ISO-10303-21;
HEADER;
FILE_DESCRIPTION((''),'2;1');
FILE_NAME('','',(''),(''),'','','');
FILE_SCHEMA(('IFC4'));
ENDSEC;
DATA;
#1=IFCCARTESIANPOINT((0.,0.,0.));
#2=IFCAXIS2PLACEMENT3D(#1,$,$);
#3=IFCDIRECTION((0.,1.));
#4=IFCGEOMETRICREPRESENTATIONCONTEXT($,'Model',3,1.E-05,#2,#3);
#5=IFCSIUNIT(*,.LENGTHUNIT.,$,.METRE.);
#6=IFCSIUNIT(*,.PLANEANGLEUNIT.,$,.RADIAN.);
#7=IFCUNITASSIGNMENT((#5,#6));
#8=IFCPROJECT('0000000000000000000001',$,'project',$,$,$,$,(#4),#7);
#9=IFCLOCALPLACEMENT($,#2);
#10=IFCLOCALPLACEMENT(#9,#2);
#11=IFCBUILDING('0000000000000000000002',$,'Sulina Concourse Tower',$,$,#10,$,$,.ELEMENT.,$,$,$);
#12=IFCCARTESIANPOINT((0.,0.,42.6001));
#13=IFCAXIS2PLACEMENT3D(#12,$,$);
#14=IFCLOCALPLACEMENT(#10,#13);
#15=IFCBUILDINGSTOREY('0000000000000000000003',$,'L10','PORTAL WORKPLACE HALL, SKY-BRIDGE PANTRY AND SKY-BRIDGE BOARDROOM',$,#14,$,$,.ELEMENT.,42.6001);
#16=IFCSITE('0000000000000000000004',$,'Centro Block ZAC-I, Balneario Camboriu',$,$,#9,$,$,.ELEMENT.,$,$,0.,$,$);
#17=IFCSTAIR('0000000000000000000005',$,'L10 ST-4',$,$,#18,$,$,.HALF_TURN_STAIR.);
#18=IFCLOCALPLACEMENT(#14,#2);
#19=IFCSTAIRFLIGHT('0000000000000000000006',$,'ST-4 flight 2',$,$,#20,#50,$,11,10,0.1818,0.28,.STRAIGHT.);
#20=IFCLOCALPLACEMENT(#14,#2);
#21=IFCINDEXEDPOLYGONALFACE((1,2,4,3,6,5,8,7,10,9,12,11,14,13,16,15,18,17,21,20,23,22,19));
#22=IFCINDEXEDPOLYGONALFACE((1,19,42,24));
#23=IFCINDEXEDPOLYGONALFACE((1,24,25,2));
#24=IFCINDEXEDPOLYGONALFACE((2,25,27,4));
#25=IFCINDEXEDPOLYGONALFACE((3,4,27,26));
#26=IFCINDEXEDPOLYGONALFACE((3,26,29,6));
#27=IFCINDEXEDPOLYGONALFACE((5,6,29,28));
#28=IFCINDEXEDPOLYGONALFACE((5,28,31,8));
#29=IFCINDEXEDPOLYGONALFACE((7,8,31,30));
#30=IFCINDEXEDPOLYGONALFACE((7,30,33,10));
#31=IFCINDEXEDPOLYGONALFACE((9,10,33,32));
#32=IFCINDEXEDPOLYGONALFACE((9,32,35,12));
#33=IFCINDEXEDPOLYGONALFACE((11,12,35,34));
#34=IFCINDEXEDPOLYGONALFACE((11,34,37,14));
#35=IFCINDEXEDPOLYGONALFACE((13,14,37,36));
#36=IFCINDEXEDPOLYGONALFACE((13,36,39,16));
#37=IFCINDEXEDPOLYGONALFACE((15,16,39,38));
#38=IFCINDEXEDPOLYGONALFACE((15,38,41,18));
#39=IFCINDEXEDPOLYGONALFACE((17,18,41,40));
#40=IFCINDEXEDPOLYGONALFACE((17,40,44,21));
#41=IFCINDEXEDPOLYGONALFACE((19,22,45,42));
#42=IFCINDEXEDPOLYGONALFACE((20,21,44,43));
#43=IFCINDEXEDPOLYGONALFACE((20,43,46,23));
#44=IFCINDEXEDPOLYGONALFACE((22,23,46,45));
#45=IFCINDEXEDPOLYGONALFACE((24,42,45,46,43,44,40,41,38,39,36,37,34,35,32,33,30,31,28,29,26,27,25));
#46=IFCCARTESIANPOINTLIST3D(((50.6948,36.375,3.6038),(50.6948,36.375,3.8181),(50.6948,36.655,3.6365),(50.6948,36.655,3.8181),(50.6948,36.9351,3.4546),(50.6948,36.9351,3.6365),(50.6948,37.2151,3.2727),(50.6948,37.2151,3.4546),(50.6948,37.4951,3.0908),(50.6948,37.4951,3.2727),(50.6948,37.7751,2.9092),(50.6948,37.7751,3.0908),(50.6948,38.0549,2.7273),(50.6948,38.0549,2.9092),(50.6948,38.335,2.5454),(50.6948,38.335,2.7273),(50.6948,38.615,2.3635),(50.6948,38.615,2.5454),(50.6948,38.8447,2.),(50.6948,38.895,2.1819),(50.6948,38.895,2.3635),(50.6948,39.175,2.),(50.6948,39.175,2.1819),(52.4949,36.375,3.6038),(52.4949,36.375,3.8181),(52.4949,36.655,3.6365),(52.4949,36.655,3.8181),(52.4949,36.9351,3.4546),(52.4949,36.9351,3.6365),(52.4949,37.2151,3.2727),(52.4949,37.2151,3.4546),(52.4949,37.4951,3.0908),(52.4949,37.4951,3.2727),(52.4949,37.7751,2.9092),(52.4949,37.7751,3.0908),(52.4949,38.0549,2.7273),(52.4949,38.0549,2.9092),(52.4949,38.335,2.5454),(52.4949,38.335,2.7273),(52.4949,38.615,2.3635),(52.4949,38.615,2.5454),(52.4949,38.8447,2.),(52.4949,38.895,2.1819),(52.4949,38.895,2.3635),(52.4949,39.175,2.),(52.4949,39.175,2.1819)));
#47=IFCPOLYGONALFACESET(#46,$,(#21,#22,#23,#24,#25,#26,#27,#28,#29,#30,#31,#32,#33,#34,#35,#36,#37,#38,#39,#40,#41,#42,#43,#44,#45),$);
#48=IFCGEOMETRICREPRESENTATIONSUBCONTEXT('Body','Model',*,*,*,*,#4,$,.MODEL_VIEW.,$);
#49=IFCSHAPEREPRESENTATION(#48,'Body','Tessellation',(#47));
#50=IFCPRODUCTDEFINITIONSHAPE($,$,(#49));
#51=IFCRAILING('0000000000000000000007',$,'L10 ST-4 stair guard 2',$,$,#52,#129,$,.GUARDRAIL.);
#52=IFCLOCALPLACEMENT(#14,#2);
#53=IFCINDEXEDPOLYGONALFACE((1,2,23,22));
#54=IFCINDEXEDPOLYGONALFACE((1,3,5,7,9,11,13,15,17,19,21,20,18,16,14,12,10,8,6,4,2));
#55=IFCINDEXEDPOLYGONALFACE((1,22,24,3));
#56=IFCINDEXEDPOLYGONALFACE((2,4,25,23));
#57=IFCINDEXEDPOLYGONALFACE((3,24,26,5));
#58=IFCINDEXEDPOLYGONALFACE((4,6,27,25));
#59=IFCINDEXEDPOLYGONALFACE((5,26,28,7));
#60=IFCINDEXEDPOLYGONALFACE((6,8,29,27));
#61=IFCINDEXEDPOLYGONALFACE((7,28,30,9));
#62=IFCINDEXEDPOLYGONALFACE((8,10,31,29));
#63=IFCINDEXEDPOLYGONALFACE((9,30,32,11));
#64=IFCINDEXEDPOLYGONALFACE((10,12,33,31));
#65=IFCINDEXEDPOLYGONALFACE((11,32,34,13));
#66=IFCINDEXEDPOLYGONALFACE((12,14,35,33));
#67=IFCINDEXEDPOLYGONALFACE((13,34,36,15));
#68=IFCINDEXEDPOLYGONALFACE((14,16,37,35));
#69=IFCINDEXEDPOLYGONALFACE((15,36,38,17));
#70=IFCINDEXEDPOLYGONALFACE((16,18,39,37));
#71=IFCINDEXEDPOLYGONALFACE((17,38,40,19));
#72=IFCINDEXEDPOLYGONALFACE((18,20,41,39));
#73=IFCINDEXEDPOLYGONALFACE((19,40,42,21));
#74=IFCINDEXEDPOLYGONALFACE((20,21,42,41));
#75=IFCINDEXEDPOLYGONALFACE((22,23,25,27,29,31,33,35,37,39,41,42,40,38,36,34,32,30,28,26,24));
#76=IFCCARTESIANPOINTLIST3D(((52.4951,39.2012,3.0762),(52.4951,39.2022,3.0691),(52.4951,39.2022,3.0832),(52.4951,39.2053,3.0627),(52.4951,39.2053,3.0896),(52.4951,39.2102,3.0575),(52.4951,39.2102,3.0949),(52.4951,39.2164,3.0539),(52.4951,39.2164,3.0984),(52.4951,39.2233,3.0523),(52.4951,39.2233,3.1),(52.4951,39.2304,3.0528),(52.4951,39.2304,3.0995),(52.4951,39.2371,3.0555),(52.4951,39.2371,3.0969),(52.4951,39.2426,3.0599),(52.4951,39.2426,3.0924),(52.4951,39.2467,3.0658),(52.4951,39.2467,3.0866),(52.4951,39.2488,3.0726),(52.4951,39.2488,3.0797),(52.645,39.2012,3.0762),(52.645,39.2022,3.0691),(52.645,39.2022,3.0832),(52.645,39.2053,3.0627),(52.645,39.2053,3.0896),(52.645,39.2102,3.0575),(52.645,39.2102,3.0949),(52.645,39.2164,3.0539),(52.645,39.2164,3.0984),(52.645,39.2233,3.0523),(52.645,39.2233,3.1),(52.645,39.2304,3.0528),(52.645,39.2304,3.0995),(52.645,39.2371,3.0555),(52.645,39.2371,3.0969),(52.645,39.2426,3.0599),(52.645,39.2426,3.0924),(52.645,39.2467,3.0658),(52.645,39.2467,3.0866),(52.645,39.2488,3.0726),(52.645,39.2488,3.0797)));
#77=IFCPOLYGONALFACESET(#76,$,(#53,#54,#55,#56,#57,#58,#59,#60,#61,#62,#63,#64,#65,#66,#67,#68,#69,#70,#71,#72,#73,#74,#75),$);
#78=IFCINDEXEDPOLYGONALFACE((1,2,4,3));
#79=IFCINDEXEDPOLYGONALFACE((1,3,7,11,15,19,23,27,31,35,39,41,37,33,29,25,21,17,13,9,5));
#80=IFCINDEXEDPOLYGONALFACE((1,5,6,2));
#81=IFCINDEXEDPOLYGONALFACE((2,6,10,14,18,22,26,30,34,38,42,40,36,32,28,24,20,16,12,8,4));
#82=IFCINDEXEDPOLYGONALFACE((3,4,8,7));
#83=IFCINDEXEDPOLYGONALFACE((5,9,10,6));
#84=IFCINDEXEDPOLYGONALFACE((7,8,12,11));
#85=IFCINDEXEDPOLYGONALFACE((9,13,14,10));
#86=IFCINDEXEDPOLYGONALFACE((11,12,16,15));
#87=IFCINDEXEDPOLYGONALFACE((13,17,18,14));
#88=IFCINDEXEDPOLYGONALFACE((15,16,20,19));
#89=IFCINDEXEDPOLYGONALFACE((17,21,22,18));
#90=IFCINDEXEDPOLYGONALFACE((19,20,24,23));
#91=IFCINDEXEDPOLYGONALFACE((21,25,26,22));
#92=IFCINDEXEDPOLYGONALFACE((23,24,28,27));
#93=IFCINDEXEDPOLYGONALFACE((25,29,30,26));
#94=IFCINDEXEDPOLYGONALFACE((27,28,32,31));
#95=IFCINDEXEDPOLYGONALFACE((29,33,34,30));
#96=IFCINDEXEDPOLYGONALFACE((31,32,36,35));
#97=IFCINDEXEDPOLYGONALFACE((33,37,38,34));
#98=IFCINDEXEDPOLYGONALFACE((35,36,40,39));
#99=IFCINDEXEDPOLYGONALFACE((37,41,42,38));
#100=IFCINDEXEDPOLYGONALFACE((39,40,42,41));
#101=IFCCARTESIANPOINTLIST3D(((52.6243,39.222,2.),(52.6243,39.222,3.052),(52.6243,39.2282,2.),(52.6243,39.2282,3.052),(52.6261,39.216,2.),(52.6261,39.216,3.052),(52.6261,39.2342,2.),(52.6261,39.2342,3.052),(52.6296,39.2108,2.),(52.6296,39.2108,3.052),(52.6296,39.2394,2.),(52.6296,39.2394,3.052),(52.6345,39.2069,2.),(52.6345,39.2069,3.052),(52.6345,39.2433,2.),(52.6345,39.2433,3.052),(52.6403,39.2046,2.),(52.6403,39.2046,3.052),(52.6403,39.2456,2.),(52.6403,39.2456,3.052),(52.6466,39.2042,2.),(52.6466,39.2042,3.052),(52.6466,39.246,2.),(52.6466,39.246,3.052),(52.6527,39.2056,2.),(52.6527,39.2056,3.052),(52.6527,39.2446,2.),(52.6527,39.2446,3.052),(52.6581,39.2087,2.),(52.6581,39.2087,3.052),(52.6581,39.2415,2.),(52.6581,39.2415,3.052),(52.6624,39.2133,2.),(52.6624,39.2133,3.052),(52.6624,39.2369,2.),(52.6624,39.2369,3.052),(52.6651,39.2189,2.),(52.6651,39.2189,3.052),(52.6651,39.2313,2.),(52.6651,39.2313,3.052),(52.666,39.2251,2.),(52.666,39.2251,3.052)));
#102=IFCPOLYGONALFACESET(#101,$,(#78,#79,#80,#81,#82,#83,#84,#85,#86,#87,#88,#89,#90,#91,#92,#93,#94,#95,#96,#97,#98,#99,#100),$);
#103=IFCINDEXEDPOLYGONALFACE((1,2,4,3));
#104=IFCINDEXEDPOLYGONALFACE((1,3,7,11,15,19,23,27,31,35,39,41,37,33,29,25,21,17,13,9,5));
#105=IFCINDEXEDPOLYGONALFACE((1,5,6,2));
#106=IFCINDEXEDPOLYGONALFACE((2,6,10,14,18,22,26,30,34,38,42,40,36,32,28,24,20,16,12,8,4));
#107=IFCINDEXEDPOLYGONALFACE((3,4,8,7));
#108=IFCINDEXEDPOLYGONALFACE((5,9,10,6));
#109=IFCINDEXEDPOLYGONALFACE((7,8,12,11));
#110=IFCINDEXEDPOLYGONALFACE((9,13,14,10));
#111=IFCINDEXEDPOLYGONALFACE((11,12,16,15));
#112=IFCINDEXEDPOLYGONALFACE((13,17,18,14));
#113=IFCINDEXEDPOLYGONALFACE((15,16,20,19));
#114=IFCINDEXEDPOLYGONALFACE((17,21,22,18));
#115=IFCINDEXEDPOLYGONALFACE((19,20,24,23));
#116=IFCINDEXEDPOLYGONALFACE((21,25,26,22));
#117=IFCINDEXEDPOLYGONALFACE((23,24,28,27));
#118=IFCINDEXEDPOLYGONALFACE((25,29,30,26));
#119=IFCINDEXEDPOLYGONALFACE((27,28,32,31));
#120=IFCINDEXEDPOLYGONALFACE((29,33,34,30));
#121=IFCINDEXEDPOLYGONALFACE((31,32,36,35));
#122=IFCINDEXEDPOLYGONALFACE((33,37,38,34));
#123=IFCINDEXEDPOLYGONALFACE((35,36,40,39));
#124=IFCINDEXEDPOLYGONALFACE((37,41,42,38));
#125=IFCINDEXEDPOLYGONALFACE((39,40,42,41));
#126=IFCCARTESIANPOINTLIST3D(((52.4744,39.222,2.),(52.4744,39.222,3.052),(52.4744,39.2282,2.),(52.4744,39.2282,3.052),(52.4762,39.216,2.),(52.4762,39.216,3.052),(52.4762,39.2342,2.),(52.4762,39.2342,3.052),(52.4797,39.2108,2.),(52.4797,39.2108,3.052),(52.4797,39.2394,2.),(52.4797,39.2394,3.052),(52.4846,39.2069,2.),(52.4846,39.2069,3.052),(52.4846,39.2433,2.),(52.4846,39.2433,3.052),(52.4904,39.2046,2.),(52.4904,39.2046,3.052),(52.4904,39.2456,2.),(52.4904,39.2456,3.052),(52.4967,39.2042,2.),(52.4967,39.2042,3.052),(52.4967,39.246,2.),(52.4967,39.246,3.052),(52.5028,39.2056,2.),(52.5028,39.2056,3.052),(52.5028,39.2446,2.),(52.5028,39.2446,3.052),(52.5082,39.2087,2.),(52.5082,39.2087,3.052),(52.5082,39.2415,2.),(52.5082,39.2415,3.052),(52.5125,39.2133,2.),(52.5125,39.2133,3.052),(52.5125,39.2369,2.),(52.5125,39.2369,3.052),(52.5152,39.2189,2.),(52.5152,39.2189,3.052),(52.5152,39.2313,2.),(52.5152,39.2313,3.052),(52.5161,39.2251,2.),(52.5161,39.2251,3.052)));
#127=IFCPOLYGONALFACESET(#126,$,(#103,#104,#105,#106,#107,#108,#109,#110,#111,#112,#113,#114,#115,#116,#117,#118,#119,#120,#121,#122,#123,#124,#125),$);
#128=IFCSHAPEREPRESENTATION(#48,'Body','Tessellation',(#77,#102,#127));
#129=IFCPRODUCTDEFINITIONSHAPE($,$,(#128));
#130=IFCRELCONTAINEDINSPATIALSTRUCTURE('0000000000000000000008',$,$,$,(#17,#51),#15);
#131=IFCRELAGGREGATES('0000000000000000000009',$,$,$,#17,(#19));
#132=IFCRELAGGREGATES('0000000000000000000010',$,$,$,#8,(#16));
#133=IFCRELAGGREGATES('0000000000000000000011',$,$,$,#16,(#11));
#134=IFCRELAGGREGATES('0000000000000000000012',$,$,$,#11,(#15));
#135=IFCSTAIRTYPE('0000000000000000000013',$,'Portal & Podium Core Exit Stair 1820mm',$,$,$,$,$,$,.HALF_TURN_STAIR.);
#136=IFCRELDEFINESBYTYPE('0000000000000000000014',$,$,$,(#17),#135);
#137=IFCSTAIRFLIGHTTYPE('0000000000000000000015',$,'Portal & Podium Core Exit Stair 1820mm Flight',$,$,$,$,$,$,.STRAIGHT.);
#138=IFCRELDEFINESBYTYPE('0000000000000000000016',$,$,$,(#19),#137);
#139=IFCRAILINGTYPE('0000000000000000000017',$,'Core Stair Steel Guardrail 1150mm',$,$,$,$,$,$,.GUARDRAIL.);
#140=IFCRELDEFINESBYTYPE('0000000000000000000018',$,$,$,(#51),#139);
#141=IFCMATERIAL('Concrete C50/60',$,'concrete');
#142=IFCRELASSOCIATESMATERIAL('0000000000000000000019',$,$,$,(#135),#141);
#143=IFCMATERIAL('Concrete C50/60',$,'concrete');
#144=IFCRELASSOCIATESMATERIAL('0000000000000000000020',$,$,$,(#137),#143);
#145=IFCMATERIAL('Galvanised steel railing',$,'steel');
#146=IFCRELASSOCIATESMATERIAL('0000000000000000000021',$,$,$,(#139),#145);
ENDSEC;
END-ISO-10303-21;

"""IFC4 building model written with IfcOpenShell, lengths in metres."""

from ifc_helpers import new_model, si_unit, direction, frame, origin, origin_2d, place, context, subcontext, project, spatial, polyline, circle, outline, extrude, material, type_object, element, aggregate, save


model = new_model("IFC4")

# Units and contexts
model_context = context("Model", 3, precision=1e-05, world=origin(), true_north=direction((0.0, 1.0)))
body_context = subcontext(model_context, "Body", "Model", "MODEL_VIEW")
ifc_project = project(units=[si_unit("LENGTHUNIT", "METRE"), si_unit("PLANEANGLEUNIT", "RADIAN")], contexts=[model_context])

# Site, building, storey
site_placement = place(None, origin())
site = spatial("IfcSite", under=ifc_project, at=site_placement, Name="Centro Block ZAC-I, Balneario Camboriu", CompositionType="ELEMENT", RefElevation=0.0)
building_placement = place(site_placement, origin())
building = spatial("IfcBuilding", under=site, at=building_placement, Name="Sulina Concourse Tower", CompositionType="ELEMENT")
storey_placement = place(building_placement, frame((0.0, 0.0, 42.6001)))
storey = spatial("IfcBuildingStorey", under=building, at=storey_placement, Name="L10", Description="PORTAL WORKPLACE HALL, SKY-BRIDGE PANTRY AND SKY-BRIDGE BOARDROOM", CompositionType="ELEMENT", Elevation=42.6001)

# Stair, stair flight
ifc_material_1 = material(Name="Concrete C50/60", Category="concrete")
stair_type = type_object("IfcStairType", Name="Portal & Podium Core Exit Stair 1820mm", PredefinedType="HALF_TURN_STAIR", material=ifc_material_1)
stair_placement = place(storey_placement, origin())
stair = element("IfcStair", 1, at=stair_placement, inside=storey, type_object=stair_type, Name="L10 ST-4", PredefinedType="HALF_TURN_STAIR")
ifc_material_2 = material(Name="Concrete C50/60", Category="concrete")
stair_flight_type = type_object("IfcStairFlightType", Name="Portal & Podium Core Exit Stair 1820mm Flight", PredefinedType="STRAIGHT", material=ifc_material_2)
stair_flight_placement = place(storey_placement, frame((51.595, 39.175, 2.0), z_axis=(0.0, 0.0, 1.0), x_axis=(0.0, -1.0, 0.0)))
stair_flight = element("IfcStairFlight", 2, at=stair_flight_placement, type_object=stair_flight_type, Name="ST-4 flight 2", NumberOfRisers=11, NumberOfTreads=10, PredefinedType="STRAIGHT", RiserHeight=0.1818, TreadLength=0.28, context=body_context, shape_type="SweptSolid", body=[
    extrude(outline(polyline([(0.0, 0.0), (0.0, 0.1819), (0.28, 0.1819), (0.28, 0.3635), (0.5601, 0.3635), (0.5601, 0.5454), (0.8401, 0.5454), (0.8401, 0.7273), (1.1201, 0.7273), (1.1201, 0.9092), (1.3999, 0.9092), (1.3999, 1.0908), (1.6799, 1.0908), (1.6799, 1.2727), (1.96, 1.2727), (1.96, 1.4546), (2.24, 1.4546), (2.24, 1.6365), (2.52, 1.6365), (2.52, 1.8181), (2.8, 1.8181), (2.8, 2.0), (2.8, 1.6038), (0.3303, 0.0), (0.0, 0.0)])), frame((0.0, 0.8999, 0.0), z_axis=(0.0, -1.0, 0.0), x_axis=(1.0, 0.0, 0.0)), (0.0, 0.0, 1.0), 1.8),
])
aggregate(stair, [stair_flight])

# Railing
ifc_material_3 = material(Name="Galvanised steel railing", Category="steel")
railing_type_1 = type_object("IfcRailingType", Name="Core Stair Steel Guardrail 1150mm", PredefinedType="GUARDRAIL", material=ifc_material_3)
railing_1_placement = place(storey_placement, frame((52.645, 39.2251, 2.0)))
element("IfcRailing", 3, at=railing_1_placement, inside=storey, type_object=railing_type_1, Name="L10 ST-4 stair guard 2", PredefinedType="GUARDRAIL", context=body_context, shape_type="SweptSolid", body=[
    extrude(circle(Radius=0.0239, at=origin_2d()), frame((0.0, 0.0, 1.0762), z_axis=(-1.0, 0.0, 0.0), x_axis=(0.0, -1.0, 0.0)), (0.0, 0.0, 1.0), 0.1499),
    extrude(circle(Radius=0.021, at=origin_2d()), origin(), (0.0, 0.0, 1.0), 1.052),
    extrude(circle(Radius=0.021, at=origin_2d()), frame((-0.1499, 0.0, 0.0)), (0.0, 0.0, 1.0), 1.052),
])

save(model, "model.ifc")
